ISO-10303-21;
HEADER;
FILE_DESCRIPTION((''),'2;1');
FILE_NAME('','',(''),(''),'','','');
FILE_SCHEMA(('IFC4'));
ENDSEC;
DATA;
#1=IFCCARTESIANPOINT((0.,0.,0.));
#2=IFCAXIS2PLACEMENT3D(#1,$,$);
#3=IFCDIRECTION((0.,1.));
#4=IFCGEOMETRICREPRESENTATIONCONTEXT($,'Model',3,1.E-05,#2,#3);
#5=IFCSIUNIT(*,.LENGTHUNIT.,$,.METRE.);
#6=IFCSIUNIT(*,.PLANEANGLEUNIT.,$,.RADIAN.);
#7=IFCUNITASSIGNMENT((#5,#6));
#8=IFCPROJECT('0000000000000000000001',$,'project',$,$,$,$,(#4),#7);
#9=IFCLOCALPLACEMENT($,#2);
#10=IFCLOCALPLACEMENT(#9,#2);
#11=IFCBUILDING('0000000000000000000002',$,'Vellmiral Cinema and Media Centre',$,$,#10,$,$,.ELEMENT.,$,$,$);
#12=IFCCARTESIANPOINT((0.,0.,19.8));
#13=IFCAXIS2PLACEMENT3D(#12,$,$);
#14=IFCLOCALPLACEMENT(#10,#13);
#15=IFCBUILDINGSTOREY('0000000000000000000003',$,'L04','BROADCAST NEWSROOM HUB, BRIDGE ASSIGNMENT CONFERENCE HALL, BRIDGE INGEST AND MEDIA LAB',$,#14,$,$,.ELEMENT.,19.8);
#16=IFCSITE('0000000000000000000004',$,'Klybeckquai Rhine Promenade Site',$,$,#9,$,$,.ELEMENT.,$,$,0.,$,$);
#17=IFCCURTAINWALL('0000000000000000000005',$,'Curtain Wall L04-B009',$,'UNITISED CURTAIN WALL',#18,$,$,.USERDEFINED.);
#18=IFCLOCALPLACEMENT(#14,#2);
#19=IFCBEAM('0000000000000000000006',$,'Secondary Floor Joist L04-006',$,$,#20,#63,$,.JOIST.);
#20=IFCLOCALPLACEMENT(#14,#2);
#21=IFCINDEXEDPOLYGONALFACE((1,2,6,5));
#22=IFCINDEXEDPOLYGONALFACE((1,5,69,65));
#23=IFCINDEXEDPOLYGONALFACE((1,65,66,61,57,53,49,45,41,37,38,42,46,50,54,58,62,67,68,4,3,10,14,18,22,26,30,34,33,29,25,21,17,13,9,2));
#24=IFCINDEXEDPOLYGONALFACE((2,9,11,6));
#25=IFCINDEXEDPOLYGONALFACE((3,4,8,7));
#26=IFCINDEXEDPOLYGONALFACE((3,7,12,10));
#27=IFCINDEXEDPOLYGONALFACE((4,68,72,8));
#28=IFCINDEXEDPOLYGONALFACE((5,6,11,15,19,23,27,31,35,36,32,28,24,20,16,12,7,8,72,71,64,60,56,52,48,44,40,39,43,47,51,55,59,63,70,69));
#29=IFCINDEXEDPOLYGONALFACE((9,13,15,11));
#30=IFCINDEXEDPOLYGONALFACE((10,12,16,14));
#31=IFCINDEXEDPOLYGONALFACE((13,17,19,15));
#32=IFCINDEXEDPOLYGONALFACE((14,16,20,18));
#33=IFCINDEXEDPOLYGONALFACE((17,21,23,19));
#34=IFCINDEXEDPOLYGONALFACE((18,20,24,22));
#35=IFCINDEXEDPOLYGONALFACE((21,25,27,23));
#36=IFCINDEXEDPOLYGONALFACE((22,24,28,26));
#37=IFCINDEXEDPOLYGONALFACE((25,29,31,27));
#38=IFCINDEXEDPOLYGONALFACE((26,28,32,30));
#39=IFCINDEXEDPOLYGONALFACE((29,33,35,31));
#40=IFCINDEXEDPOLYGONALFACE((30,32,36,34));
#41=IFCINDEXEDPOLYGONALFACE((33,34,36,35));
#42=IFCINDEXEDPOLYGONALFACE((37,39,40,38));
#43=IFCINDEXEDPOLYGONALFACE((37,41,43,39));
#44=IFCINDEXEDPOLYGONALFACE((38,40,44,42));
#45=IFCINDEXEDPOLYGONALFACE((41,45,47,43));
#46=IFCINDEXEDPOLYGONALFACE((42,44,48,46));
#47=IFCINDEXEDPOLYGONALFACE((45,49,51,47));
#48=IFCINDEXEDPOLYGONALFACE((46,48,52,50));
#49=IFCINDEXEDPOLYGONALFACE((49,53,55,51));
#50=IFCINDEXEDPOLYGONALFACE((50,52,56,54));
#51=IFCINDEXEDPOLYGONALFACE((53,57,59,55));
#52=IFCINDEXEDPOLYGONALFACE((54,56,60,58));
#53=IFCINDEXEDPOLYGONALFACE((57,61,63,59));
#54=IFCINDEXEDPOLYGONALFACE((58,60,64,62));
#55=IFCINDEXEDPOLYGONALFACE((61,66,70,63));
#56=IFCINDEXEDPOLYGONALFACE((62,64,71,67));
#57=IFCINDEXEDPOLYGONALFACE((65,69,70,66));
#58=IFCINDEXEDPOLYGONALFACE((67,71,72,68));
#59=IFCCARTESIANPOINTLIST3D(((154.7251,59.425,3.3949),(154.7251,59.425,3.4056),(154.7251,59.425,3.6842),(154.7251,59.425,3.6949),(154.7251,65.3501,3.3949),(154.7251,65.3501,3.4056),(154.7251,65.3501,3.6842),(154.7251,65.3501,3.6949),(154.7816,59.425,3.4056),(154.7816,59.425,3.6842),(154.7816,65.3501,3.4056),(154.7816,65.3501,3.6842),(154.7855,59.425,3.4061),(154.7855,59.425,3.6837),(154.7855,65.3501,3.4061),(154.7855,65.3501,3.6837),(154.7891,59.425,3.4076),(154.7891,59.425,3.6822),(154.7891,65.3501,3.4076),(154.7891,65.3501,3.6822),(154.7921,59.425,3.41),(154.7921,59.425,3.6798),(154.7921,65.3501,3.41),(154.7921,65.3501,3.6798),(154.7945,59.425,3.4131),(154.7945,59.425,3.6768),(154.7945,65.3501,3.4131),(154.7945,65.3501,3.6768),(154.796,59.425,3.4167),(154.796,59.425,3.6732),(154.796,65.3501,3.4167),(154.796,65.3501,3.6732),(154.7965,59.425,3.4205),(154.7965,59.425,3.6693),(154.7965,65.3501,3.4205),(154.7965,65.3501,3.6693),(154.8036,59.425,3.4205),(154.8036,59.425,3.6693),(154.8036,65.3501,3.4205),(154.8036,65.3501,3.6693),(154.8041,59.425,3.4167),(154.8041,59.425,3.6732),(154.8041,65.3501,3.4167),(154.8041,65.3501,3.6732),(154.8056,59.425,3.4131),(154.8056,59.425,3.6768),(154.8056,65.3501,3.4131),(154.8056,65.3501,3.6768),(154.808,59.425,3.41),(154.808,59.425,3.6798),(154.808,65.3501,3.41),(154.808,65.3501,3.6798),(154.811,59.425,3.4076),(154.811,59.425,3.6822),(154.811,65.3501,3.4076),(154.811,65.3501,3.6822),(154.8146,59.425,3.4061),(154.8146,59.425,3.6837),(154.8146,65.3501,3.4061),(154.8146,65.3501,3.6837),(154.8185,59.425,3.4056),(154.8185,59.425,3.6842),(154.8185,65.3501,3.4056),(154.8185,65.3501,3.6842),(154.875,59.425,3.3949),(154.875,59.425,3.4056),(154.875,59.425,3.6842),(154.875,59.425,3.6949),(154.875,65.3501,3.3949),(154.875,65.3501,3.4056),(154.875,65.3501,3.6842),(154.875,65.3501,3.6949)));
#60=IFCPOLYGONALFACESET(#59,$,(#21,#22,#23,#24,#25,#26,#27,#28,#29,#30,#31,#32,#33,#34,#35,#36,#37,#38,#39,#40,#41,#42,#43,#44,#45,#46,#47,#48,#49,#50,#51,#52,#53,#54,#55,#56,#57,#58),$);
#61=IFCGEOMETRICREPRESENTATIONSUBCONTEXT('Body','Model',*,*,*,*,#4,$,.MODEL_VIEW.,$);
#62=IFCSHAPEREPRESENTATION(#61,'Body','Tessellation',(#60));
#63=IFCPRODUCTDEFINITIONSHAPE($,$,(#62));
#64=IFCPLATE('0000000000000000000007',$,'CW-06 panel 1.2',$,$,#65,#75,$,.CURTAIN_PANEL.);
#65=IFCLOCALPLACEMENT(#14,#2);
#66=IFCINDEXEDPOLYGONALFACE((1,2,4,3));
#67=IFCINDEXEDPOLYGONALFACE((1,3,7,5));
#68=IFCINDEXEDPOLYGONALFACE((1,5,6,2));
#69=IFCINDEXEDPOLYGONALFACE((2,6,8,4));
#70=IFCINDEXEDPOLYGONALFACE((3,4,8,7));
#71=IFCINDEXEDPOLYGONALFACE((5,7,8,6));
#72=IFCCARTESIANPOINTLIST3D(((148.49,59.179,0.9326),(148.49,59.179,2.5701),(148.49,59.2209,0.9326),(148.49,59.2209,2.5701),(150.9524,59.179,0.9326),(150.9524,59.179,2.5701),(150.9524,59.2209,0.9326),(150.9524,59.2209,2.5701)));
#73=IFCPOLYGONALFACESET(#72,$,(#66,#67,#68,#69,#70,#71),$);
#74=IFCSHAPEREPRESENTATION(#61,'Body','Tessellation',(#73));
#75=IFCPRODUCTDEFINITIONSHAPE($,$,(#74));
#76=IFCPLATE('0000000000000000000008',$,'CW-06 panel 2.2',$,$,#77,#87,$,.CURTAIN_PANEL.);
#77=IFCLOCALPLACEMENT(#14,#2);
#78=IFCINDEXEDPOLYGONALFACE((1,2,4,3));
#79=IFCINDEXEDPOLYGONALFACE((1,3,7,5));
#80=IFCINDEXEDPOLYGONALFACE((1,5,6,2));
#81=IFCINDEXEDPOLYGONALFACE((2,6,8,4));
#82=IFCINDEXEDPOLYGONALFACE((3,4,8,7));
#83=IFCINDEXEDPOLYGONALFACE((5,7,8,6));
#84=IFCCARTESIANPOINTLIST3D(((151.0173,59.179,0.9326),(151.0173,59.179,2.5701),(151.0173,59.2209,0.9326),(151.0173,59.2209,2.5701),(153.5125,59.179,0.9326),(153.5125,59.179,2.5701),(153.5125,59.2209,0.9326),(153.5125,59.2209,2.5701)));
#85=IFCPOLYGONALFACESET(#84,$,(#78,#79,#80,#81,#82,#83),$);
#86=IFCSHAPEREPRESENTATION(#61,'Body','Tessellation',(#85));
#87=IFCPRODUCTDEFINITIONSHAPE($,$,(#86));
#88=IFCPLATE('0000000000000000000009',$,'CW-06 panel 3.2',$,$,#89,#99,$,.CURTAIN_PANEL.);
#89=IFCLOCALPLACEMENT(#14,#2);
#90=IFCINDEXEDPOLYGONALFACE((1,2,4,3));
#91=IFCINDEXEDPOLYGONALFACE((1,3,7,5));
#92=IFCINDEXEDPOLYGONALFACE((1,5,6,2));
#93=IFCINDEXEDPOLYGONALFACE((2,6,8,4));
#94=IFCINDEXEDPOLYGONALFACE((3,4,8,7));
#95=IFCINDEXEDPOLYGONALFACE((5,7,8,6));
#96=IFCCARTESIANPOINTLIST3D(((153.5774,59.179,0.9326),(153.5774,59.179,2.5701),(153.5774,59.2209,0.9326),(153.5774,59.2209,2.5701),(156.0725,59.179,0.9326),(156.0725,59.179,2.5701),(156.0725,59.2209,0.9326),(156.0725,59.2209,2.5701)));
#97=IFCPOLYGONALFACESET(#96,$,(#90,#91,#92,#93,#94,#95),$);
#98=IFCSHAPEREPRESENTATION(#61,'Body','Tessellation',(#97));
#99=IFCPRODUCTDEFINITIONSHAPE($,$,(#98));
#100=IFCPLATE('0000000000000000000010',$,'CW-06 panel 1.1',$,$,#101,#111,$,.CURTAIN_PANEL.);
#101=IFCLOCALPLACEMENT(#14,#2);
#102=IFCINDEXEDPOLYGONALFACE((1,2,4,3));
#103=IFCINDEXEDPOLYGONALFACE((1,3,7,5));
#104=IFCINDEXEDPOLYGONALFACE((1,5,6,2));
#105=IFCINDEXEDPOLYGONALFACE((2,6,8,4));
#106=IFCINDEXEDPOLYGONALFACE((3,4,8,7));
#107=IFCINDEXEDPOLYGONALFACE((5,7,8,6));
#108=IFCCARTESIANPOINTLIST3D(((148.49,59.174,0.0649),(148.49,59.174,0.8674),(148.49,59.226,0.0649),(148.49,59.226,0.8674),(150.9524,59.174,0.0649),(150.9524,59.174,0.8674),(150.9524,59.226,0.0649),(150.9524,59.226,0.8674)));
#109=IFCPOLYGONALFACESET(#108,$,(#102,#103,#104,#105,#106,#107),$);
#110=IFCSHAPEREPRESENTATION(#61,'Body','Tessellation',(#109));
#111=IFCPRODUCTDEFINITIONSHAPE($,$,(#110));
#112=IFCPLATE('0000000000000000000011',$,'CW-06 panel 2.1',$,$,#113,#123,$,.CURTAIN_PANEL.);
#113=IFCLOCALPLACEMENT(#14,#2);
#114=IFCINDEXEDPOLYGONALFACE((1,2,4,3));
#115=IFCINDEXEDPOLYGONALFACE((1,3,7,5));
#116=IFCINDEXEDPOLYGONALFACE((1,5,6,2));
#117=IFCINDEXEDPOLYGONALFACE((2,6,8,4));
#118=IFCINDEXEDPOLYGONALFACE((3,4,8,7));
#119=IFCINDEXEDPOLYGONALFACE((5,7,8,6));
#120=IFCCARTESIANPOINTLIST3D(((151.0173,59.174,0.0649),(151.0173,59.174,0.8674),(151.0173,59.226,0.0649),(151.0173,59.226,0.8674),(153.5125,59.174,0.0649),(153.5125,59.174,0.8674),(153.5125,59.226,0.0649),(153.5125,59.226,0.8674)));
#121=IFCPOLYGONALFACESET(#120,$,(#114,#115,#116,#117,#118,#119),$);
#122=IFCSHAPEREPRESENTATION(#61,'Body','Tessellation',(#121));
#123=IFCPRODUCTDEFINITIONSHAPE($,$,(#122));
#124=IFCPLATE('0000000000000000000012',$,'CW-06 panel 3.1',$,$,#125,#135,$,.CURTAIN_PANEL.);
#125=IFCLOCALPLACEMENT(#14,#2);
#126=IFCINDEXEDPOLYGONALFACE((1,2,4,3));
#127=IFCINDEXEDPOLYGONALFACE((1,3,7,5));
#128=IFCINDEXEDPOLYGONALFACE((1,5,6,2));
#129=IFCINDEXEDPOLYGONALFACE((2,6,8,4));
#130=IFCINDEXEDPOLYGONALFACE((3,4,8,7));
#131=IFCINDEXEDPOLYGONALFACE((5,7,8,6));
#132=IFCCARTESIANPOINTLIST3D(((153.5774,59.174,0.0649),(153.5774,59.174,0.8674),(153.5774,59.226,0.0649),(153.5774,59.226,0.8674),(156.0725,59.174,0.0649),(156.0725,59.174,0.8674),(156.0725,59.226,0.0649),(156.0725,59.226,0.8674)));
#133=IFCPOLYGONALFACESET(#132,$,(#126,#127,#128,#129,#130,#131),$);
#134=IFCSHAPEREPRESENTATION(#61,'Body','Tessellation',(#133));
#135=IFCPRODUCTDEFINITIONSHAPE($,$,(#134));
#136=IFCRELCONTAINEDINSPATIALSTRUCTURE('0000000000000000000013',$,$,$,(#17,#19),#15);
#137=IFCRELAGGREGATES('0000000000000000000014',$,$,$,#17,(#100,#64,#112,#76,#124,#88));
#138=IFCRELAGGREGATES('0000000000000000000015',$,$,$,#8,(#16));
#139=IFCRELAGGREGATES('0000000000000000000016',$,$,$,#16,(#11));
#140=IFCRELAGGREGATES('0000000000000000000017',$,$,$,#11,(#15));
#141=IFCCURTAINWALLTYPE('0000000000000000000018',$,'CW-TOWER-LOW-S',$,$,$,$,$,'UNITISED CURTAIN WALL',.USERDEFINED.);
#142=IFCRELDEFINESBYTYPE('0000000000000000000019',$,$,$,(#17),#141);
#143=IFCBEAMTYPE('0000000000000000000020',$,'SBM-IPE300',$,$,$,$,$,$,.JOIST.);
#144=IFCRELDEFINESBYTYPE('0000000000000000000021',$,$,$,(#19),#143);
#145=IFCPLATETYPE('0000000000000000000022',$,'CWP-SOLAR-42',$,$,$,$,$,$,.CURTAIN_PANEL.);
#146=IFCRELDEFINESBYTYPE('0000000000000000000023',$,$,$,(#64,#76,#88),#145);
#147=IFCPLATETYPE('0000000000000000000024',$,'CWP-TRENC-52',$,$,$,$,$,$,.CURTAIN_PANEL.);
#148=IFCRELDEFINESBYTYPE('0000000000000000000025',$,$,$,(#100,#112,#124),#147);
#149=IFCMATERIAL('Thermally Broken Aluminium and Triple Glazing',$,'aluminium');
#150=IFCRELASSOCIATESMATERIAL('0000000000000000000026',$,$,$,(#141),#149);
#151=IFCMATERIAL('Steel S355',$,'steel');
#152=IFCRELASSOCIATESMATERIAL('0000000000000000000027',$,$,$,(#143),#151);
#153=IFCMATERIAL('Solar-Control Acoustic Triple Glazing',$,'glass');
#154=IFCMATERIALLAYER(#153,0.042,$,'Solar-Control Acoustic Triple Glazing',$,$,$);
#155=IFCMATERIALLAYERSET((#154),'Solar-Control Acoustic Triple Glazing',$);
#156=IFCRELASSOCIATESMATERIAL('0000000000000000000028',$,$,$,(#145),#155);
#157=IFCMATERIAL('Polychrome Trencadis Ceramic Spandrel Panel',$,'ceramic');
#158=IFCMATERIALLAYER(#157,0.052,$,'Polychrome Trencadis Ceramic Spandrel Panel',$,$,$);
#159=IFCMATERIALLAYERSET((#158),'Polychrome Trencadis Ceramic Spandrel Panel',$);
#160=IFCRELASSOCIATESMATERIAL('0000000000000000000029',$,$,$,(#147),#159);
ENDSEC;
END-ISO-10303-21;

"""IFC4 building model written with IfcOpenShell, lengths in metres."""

from ifc_helpers import new_model, si_unit, direction, frame, origin, origin_2d, place, context, subcontext, project, spatial, rectangle, i_section, extrude, material, layer, layer_set, material_profile, profile_set, type_object, element, aggregate, save


model = new_model("IFC4")

# Units and contexts
model_context = context("Model", 3, precision=1e-05, world=origin(), true_north=direction((0.0, 1.0)))
body_context = subcontext(model_context, "Body", "Model", "MODEL_VIEW")
ifc_project = project(units=[si_unit("LENGTHUNIT", "METRE"), si_unit("PLANEANGLEUNIT", "RADIAN")], contexts=[model_context])

# Site, building, storey
site_placement = place(None, origin())
site = spatial("IfcSite", under=ifc_project, at=site_placement, Name="Klybeckquai Rhine Promenade Site", CompositionType="ELEMENT", RefElevation=0.0)
building_placement = place(site_placement, origin())
building = spatial("IfcBuilding", under=site, at=building_placement, Name="Vellmiral Cinema and Media Centre", CompositionType="ELEMENT")
storey_placement = place(building_placement, frame((0.0, 0.0, 19.8)))
storey = spatial("IfcBuildingStorey", under=building, at=storey_placement, Name="L04", Description="BROADCAST NEWSROOM HUB, BRIDGE ASSIGNMENT CONFERENCE HALL, BRIDGE INGEST AND MEDIA LAB", CompositionType="ELEMENT", Elevation=19.8)

# Curtain wall
ifc_material_1 = material(Name="Thermally Broken Aluminium and Triple Glazing", Category="aluminium")
curtain_wall_type = type_object("IfcCurtainWallType", Name="CW-TOWER-LOW-S", ElementType="UNITISED CURTAIN WALL", PredefinedType="USERDEFINED", material=ifc_material_1)
curtain_wall_placement = place(storey_placement, origin())
curtain_wall = element("IfcCurtainWall", 1, at=curtain_wall_placement, inside=storey, type_object=curtain_wall_type, Name="Curtain Wall L04-B009", ObjectType="UNITISED CURTAIN WALL", PredefinedType="USERDEFINED")

# Beam
ifc_material_2 = material(Name="Steel S355", Category="steel")
ifc_material_profile_1 = material_profile(ifc_material_2, i_section(OverallWidth=0.1499, OverallDepth=0.3, WebThickness=0.0071, FlangeThickness=0.0107, FilletRadius=0.0149, at=origin_2d()), Name="IPE 300")
ifc_profile_set_1 = profile_set([ifc_material_profile_1], Name="Steel S355")
beam_type = type_object("IfcBeamType", Name="SBM-IPE300", PredefinedType="JOIST", material=ifc_profile_set_1)
beam_placement = place(storey_placement, frame((154.8, 59.425, 3.5449), z_axis=(0.0, 1.0, 0.0), x_axis=(-1.0, 0.0, 0.0)))
element("IfcBeam", 2, at=beam_placement, inside=storey, type_object=beam_type, Name="Secondary Floor Joist L04-006", PredefinedType="JOIST", context=body_context, shape_type="SweptSolid", body=[
    extrude(i_section(OverallWidth=0.1499, OverallDepth=0.3, WebThickness=0.0071, FlangeThickness=0.0107, FilletRadius=0.0149, at=origin_2d()), origin(), (0.0, 0.0, 1.0), 5.925),
])

# Plates
ifc_material_3 = material(Name="Solar-Control Acoustic Triple Glazing", Category="glass")
ifc_layer_1 = layer(ifc_material_3, 0.042, Name="Solar-Control Acoustic Triple Glazing")
ifc_layer_set_1 = layer_set([ifc_layer_1], Name="Solar-Control Acoustic Triple Glazing")
plate_type_1 = type_object("IfcPlateType", Name="CWP-SOLAR-42", PredefinedType="CURTAIN_PANEL", material=ifc_layer_set_1)
plate_1_placement = place(storey_placement, frame((149.7212, 59.2, 0.9326), z_axis=(0.0, 0.0, 1.0), x_axis=(1.0, 0.0, 0.0)))
plate_1 = element("IfcPlate", 3, at=plate_1_placement, type_object=plate_type_1, Name="CW-06 panel 1.2", PredefinedType="CURTAIN_PANEL", context=body_context, shape_type="SweptSolid", body=[
    extrude(rectangle(XDim=2.4624, YDim=0.042, at=origin_2d()), origin(), (0.0, 0.0, 1.0), 1.6375),
])
plate_2_placement = place(storey_placement, frame((152.2649, 59.2, 0.9326), z_axis=(0.0, 0.0, 1.0), x_axis=(1.0, 0.0, 0.0)))
plate_2 = element("IfcPlate", 4, at=plate_2_placement, type_object=plate_type_1, Name="CW-06 panel 2.2", PredefinedType="CURTAIN_PANEL", context=body_context, shape_type="SweptSolid", body=[
    extrude(rectangle(XDim=2.4951, YDim=0.042, at=origin_2d()), origin(), (0.0, 0.0, 1.0), 1.6375),
])
plate_3_placement = place(storey_placement, frame((154.825, 59.2, 0.9326), z_axis=(0.0, 0.0, 1.0), x_axis=(1.0, 0.0, 0.0)))
plate_3 = element("IfcPlate", 5, at=plate_3_placement, type_object=plate_type_1, Name="CW-06 panel 3.2", PredefinedType="CURTAIN_PANEL", context=body_context, shape_type="SweptSolid", body=[
    extrude(rectangle(XDim=2.4951, YDim=0.042, at=origin_2d()), origin(), (0.0, 0.0, 1.0), 1.6375),
])
ifc_material_4 = material(Name="Polychrome Trencadis Ceramic Spandrel Panel", Category="ceramic")
ifc_layer_2 = layer(ifc_material_4, 0.052, Name="Polychrome Trencadis Ceramic Spandrel Panel")
ifc_layer_set_2 = layer_set([ifc_layer_2], Name="Polychrome Trencadis Ceramic Spandrel Panel")
plate_type_2 = type_object("IfcPlateType", Name="CWP-TRENC-52", PredefinedType="CURTAIN_PANEL", material=ifc_layer_set_2)
plate_4_placement = place(storey_placement, frame((149.7212, 59.2, 0.0649), z_axis=(0.0, 0.0, 1.0), x_axis=(1.0, 0.0, 0.0)))
plate_4 = element("IfcPlate", 6, at=plate_4_placement, type_object=plate_type_2, Name="CW-06 panel 1.1", PredefinedType="CURTAIN_PANEL", context=body_context, shape_type="SweptSolid", body=[
    extrude(rectangle(XDim=2.4624, YDim=0.052, at=origin_2d()), origin(), (0.0, 0.0, 1.0), 0.8025),
])
plate_5_placement = place(storey_placement, frame((152.2649, 59.2, 0.0649), z_axis=(0.0, 0.0, 1.0), x_axis=(1.0, 0.0, 0.0)))
plate_5 = element("IfcPlate", 7, at=plate_5_placement, type_object=plate_type_2, Name="CW-06 panel 2.1", PredefinedType="CURTAIN_PANEL", context=body_context, shape_type="SweptSolid", body=[
    extrude(rectangle(XDim=2.4951, YDim=0.052, at=origin_2d()), origin(), (0.0, 0.0, 1.0), 0.8025),
])
plate_6_placement = place(storey_placement, frame((154.825, 59.2, 0.0649), z_axis=(0.0, 0.0, 1.0), x_axis=(1.0, 0.0, 0.0)))
plate_6 = element("IfcPlate", 8, at=plate_6_placement, type_object=plate_type_2, Name="CW-06 panel 3.1", PredefinedType="CURTAIN_PANEL", context=body_context, shape_type="SweptSolid", body=[
    extrude(rectangle(XDim=2.4951, YDim=0.052, at=origin_2d()), origin(), (0.0, 0.0, 1.0), 0.8025),
])
aggregate(curtain_wall, [plate_4, plate_1, plate_5, plate_2, plate_6, plate_3])

save(model, "model.ifc")
